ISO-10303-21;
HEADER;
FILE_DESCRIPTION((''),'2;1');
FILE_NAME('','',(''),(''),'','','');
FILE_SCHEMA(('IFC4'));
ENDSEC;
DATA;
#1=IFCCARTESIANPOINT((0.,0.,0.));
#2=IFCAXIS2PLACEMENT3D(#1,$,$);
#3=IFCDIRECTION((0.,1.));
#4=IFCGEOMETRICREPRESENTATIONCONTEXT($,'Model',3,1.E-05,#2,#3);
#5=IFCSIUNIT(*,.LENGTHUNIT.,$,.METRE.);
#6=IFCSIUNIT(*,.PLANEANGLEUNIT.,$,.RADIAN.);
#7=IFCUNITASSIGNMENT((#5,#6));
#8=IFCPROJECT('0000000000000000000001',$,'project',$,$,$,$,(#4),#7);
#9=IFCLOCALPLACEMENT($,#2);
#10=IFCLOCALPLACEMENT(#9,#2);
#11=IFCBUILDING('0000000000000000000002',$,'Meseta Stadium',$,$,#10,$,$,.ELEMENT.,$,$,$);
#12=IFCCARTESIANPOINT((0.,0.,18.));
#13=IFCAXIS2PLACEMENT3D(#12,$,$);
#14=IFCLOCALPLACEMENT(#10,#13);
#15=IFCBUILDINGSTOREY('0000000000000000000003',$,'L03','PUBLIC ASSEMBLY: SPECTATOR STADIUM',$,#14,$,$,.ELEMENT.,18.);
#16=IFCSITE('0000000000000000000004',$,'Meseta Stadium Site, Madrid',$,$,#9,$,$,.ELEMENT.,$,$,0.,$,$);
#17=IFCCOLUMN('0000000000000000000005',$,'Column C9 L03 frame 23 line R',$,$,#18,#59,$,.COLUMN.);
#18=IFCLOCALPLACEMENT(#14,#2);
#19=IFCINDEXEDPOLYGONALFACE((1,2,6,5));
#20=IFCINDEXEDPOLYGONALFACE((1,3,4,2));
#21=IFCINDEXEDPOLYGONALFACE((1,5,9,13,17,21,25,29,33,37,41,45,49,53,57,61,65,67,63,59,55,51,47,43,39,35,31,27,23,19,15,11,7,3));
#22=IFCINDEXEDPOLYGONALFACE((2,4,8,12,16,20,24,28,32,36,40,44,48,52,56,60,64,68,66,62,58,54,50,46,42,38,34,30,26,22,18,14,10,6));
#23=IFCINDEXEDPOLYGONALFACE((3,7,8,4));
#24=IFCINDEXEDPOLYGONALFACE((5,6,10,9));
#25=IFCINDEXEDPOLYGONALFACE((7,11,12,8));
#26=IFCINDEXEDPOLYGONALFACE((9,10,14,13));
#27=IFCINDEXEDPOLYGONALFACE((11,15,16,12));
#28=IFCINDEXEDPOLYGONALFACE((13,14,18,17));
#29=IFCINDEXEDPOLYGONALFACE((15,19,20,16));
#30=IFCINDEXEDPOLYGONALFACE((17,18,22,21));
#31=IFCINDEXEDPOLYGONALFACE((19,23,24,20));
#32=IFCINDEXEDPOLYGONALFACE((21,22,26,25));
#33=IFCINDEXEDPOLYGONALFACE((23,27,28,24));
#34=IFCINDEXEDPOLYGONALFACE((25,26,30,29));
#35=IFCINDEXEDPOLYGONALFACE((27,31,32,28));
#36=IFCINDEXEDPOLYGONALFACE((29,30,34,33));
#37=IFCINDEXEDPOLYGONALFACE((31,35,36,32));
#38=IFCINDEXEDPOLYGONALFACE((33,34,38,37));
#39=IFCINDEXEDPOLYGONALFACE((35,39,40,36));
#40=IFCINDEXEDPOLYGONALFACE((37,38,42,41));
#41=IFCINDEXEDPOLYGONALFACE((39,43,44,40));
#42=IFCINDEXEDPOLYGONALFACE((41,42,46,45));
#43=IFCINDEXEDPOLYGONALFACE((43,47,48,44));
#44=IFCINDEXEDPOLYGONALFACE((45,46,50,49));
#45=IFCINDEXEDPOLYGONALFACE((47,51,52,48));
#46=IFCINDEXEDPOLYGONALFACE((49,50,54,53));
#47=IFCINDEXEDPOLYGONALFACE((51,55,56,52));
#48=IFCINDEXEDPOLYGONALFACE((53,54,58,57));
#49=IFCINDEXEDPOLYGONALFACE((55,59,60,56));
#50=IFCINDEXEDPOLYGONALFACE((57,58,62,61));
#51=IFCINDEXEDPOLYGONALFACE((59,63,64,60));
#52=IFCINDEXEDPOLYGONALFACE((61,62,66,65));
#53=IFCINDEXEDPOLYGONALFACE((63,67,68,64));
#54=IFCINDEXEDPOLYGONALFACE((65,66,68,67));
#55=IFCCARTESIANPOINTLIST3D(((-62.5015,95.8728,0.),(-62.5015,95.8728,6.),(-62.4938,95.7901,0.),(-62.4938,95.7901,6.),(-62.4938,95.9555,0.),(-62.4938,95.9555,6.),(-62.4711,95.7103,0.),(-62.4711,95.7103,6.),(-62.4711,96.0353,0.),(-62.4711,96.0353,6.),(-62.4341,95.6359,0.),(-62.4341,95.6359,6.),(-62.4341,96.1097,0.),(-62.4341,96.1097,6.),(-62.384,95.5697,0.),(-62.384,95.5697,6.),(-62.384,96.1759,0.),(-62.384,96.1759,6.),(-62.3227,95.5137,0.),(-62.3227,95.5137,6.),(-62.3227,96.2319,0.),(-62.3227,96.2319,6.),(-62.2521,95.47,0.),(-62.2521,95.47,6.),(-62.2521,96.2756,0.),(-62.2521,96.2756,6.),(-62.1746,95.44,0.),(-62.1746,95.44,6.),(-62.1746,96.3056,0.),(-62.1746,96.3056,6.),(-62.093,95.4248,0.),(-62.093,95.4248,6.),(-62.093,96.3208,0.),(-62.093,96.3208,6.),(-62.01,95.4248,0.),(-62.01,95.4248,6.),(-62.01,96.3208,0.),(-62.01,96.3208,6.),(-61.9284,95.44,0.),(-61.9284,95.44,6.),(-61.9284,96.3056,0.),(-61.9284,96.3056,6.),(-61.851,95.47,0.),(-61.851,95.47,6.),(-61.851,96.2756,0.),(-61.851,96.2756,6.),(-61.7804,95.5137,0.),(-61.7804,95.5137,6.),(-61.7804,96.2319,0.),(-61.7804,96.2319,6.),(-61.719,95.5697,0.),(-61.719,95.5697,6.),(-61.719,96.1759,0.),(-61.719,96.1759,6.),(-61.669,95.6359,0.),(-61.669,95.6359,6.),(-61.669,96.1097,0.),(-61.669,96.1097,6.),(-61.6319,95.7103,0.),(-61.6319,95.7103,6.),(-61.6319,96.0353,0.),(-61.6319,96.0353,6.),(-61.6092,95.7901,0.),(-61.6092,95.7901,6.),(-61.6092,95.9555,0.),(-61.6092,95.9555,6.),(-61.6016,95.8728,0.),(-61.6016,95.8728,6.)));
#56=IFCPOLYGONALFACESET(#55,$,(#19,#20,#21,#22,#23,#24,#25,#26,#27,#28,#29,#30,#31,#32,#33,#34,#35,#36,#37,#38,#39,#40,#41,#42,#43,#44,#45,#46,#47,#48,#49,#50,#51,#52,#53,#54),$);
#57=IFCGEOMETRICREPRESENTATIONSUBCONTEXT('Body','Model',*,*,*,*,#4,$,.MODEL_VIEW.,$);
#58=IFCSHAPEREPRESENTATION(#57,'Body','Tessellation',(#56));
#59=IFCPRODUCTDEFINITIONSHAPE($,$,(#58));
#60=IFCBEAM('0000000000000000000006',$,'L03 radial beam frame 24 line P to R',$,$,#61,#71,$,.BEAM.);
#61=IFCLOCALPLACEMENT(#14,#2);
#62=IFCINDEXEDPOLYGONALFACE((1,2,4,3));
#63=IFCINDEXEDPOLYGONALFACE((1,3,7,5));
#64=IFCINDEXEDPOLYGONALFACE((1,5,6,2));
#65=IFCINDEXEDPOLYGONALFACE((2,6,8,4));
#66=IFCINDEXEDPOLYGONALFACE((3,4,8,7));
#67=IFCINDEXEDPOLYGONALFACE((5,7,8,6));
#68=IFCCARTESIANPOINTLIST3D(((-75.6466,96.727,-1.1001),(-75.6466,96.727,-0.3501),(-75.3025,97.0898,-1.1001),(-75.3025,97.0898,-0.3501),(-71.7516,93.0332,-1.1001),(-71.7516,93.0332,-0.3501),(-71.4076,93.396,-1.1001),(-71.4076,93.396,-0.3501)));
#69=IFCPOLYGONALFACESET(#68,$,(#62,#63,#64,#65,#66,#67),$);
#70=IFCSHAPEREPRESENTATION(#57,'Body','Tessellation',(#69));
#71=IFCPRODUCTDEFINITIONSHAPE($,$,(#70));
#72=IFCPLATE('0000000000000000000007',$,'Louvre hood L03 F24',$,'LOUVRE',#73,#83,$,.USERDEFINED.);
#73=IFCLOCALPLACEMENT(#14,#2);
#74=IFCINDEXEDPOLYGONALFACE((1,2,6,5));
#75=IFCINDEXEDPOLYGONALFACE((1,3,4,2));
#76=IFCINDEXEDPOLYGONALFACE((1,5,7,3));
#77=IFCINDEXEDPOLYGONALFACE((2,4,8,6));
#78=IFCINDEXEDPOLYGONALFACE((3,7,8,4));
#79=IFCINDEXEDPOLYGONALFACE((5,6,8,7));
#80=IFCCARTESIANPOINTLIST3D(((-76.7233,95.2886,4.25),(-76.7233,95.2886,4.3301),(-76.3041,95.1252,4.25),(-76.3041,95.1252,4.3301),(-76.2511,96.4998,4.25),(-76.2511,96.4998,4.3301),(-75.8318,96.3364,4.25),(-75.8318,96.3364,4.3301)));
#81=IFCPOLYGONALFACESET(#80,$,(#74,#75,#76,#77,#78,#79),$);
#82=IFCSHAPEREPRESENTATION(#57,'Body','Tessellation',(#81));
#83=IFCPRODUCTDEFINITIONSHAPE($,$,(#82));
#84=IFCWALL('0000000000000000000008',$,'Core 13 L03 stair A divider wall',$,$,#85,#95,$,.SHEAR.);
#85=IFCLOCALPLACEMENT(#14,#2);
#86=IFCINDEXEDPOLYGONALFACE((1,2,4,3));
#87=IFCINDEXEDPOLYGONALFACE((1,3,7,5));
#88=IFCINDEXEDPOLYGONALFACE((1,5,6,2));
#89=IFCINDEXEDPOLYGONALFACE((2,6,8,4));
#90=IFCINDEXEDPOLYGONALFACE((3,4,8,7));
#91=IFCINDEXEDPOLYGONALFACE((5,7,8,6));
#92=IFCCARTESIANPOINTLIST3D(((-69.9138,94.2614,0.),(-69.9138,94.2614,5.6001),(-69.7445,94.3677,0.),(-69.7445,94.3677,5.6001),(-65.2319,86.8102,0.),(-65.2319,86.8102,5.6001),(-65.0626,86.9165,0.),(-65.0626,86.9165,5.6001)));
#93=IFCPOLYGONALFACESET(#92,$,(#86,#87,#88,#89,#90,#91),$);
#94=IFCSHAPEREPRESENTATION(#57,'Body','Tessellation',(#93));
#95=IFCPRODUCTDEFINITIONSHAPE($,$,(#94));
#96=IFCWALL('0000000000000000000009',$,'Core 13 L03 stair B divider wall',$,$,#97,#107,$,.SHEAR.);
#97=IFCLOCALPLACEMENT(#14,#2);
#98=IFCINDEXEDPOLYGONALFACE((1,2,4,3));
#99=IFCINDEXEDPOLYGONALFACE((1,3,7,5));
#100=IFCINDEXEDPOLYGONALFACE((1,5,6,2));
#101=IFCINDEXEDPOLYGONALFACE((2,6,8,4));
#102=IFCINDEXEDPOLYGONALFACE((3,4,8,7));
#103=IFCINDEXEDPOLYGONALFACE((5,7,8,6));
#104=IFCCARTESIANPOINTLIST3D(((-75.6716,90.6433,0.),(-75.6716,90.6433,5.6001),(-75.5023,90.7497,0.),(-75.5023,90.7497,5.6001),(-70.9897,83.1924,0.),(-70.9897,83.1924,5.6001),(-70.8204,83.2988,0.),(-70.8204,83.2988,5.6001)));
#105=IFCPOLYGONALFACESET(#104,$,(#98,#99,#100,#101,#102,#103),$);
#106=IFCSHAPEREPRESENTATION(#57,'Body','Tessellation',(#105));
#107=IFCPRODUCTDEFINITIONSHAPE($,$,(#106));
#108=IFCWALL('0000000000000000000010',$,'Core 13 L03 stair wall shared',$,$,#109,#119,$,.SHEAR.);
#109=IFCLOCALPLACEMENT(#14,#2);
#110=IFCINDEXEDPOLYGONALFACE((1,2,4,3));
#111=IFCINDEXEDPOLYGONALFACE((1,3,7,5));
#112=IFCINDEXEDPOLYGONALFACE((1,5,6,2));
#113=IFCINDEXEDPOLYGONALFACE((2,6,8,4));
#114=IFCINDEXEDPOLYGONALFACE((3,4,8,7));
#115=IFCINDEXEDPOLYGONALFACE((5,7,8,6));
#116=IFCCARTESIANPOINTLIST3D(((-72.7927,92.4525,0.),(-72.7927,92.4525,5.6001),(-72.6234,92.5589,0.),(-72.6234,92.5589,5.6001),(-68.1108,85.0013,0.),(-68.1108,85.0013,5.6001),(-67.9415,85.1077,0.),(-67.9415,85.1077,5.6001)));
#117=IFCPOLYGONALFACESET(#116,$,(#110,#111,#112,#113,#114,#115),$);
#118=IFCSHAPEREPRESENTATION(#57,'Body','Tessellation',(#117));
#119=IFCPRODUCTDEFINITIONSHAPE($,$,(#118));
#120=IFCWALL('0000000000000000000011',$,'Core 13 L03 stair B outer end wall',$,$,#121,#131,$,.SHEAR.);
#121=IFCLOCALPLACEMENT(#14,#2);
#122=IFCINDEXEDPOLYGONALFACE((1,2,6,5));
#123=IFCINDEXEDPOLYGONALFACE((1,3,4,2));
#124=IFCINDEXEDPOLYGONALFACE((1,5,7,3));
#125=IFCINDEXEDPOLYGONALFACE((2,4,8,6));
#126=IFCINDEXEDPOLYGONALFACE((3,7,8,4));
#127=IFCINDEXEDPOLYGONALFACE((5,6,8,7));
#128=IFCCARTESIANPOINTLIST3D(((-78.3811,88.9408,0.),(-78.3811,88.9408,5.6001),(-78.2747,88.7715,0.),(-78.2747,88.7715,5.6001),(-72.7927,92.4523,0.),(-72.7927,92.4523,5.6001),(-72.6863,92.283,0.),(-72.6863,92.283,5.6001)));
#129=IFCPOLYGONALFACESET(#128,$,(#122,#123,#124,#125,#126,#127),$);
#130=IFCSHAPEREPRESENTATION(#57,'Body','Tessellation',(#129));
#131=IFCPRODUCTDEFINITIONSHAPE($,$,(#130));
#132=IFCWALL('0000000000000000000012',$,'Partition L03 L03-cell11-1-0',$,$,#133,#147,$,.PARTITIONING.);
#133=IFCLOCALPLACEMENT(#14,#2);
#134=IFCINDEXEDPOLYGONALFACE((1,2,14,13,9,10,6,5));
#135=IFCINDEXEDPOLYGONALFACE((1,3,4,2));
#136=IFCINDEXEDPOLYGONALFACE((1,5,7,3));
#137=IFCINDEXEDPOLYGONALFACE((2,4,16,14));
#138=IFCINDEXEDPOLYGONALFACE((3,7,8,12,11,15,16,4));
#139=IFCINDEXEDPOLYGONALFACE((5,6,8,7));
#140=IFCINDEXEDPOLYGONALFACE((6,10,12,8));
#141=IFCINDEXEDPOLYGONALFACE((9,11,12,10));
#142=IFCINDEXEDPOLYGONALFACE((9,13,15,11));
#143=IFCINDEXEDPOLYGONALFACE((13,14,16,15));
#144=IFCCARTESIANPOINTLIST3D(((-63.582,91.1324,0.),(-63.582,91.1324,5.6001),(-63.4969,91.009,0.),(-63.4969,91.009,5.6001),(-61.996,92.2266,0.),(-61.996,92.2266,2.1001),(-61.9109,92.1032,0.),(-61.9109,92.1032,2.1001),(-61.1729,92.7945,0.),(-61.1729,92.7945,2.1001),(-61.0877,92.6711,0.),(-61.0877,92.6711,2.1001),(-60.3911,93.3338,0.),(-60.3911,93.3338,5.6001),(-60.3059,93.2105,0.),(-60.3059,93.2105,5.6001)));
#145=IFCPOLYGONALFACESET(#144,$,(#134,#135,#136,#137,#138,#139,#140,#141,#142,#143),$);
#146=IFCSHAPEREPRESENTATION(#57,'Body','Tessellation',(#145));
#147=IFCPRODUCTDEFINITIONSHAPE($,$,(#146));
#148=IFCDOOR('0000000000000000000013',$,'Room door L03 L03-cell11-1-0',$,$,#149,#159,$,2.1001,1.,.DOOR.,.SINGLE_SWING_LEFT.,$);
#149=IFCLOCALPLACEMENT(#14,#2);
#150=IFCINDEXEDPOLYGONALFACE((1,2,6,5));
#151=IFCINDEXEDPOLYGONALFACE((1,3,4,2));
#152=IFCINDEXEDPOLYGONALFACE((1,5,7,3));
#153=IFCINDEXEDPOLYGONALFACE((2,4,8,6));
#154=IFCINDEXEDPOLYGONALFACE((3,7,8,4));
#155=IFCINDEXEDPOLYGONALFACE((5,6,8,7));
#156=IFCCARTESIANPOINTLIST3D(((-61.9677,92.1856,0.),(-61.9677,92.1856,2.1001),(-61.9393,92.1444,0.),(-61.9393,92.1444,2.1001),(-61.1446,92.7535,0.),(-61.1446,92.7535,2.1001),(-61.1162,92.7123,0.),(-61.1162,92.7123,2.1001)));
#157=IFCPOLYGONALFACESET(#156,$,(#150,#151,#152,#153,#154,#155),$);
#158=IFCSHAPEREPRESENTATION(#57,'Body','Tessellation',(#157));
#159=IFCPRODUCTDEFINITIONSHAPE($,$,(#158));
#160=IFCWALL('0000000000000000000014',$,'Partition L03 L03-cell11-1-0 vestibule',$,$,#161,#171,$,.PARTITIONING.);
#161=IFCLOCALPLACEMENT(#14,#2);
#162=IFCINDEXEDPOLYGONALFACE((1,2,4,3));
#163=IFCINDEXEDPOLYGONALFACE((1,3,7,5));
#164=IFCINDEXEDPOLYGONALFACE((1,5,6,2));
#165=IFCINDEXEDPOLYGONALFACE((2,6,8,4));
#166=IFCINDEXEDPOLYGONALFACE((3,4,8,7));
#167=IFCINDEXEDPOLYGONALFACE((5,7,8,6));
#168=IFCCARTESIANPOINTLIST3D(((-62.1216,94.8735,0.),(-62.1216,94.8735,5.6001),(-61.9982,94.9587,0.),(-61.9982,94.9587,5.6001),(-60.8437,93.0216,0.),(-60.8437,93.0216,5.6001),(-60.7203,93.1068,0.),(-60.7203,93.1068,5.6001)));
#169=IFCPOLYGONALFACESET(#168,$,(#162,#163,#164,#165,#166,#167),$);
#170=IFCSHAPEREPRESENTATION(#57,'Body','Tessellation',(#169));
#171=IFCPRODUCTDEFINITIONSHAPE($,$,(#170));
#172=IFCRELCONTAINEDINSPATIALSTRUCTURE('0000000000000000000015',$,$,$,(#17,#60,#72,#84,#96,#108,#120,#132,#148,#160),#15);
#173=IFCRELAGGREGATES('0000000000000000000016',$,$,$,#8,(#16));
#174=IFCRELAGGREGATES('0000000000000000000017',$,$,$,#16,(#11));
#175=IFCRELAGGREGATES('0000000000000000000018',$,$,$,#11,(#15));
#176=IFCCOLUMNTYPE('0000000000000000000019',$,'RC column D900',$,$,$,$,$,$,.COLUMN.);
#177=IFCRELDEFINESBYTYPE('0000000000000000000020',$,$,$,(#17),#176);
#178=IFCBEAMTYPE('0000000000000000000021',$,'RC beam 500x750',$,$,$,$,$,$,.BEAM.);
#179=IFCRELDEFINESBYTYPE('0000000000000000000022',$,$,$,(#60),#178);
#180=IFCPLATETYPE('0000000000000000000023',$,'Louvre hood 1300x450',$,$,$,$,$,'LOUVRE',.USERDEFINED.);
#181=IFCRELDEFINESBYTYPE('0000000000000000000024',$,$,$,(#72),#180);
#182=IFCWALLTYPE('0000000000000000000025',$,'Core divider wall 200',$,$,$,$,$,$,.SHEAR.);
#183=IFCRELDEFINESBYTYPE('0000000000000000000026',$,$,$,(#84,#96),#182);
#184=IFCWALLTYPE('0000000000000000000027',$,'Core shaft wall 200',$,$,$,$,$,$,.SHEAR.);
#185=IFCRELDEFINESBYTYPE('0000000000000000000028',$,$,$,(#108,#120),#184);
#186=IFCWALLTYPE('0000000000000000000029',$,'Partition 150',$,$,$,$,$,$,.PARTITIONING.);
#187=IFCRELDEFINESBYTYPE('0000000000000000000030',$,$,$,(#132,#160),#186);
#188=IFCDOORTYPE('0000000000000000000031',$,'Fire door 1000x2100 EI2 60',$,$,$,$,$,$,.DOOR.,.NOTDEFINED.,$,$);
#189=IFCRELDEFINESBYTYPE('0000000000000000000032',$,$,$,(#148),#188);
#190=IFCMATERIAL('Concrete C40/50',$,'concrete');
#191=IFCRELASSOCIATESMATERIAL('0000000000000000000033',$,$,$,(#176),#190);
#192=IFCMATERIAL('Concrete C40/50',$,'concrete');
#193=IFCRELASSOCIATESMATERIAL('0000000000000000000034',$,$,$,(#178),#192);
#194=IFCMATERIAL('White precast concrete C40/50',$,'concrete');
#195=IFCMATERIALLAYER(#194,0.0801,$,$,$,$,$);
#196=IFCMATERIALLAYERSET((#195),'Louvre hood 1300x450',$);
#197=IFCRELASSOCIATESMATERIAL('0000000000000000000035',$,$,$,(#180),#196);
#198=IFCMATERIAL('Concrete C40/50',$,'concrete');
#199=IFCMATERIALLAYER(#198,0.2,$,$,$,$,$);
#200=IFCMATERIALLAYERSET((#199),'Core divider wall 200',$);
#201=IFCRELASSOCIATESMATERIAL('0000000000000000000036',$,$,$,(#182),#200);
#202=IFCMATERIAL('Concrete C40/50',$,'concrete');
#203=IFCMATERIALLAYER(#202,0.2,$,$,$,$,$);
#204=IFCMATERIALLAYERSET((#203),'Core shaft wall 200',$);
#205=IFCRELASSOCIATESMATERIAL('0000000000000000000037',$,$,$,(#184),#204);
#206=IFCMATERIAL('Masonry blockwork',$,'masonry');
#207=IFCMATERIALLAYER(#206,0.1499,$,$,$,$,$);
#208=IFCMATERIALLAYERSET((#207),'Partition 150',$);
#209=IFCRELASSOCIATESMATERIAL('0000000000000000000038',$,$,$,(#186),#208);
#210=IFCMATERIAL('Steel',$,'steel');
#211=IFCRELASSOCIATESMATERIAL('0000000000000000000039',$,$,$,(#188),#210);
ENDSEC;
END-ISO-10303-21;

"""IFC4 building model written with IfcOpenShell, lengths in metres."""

from ifc_helpers import new_model, si_unit, direction, frame, frame_2d, origin, origin_2d, place, context, subcontext, project, spatial, rectangle, circle, extrude, material, layer, layer_set, material_profile, profile_set, type_object, element, fill, save


model = new_model("IFC4")

# Units and contexts
model_context = context("Model", 3, precision=1e-05, world=origin(), true_north=direction((0.0, 1.0)))
body_context = subcontext(model_context, "Body", "Model", "MODEL_VIEW")
ifc_project = project(units=[si_unit("LENGTHUNIT", "METRE"), si_unit("PLANEANGLEUNIT", "RADIAN")], contexts=[model_context])

# Site, building, storey
site_placement = place(None, origin())
site = spatial("IfcSite", under=ifc_project, at=site_placement, Name="Meseta Stadium Site, Madrid", CompositionType="ELEMENT", RefElevation=0.0)
building_placement = place(site_placement, origin())
building = spatial("IfcBuilding", under=site, at=building_placement, Name="Meseta Stadium", CompositionType="ELEMENT")
storey_placement = place(building_placement, frame((0.0, 0.0, 18.0)))
storey = spatial("IfcBuildingStorey", under=building, at=storey_placement, Name="L03", Description="PUBLIC ASSEMBLY: SPECTATOR STADIUM", CompositionType="ELEMENT", Elevation=18.0)

# Column
ifc_material_1 = material(Name="Concrete C40/50", Category="concrete")
ifc_material_profile_1 = material_profile(ifc_material_1, circle(Radius=0.45, at=origin_2d()), Name="RC D900")
ifc_profile_set_1 = profile_set([ifc_material_profile_1], Name="Concrete C40/50")
column_type = type_object("IfcColumnType", Name="RC column D900", PredefinedType="COLUMN", material=ifc_profile_set_1)
column_placement = place(storey_placement, frame((-62.0515, 95.8728, 0.0), z_axis=(0.0, 0.0, 1.0), x_axis=(1.0, 0.0, 0.0)))
element("IfcColumn", 1, at=column_placement, inside=storey, type_object=column_type, Name="Column C9 L03 frame 23 line R", PredefinedType="COLUMN", context=body_context, shape_type="SweptSolid", body=[
    extrude(circle(Radius=0.45, at=origin_2d()), origin(), (0.0, 0.0, 1.0), 6.0),
])

# Beam
ifc_material_2 = material(Name="Concrete C40/50", Category="concrete")
ifc_material_profile_2 = material_profile(ifc_material_2, rectangle(XDim=0.5, YDim=0.75, at=origin_2d()), Name="RC 500x750")
ifc_profile_set_2 = profile_set([ifc_material_profile_2], Name="Concrete C40/50")
beam_type = type_object("IfcBeamType", Name="RC beam 500x750", PredefinedType="BEAM", material=ifc_profile_set_2)
beam_placement = place(storey_placement, frame((-71.5796, 93.2146, -0.7251), z_axis=(-0.725596, 0.68812, 0.0), x_axis=(-0.68812, -0.725596, 0.0)))
element("IfcBeam", 2, at=beam_placement, inside=storey, type_object=beam_type, Name="L03 radial beam frame 24 line P to R", PredefinedType="BEAM", context=body_context, shape_type="SweptSolid", body=[
    extrude(rectangle(XDim=0.5, YDim=0.75, at=origin_2d()), origin(), (0.0, 0.0, 1.0), 5.3679),
])

# Plate
ifc_material_3 = material(Name="White precast concrete C40/50", Category="concrete")
ifc_layer_1 = layer(ifc_material_3, 0.0801)
ifc_layer_set_1 = layer_set([ifc_layer_1], Name="Louvre hood 1300x450")
plate_type = type_object("IfcPlateType", Name="Louvre hood 1300x450", ElementType="LOUVRE", PredefinedType="USERDEFINED", material=ifc_layer_set_1)
plate_placement = place(storey_placement, frame((-76.2776, 95.8125, 4.25), z_axis=(0.0, 0.0, 1.0), x_axis=(-0.36328, -0.93168, 0.0)))
element("IfcPlate", 3, at=plate_placement, inside=storey, type_object=plate_type, Name="Louvre hood L03 F24", ObjectType="LOUVRE", PredefinedType="USERDEFINED", context=body_context, shape_type="SweptSolid", body=[
    extrude(rectangle(XDim=1.3, YDim=0.45, at=origin_2d()), origin(), (0.0, 0.0, 1.0), 0.0801),
])

# Walls
ifc_material_4 = material(Name="Concrete C40/50", Category="concrete")
ifc_layer_2 = layer(ifc_material_4, 0.2)
ifc_layer_set_2 = layer_set([ifc_layer_2], Name="Core divider wall 200")
wall_type_1 = type_object("IfcWallType", Name="Core divider wall 200", PredefinedType="SHEAR", material=ifc_layer_set_2)
wall_1_placement = place(storey_placement, frame((-69.8291, 94.3145, 0.0), z_axis=(0.0, 0.0, 1.0), x_axis=(0.532032, -0.846724, 0.0)))
element("IfcWall", 4, at=wall_1_placement, inside=storey, type_object=wall_type_1, Name="Core 13 L03 stair A divider wall", PredefinedType="SHEAR", context=body_context, shape_type="SweptSolid", body=[
    extrude(rectangle(XDim=8.8, YDim=0.2, at=frame_2d((4.3999, 0.0))), origin(), (0.0, 0.0, 1.0), 5.6001),
])
wall_2_placement = place(storey_placement, frame((-75.5869, 90.6965, 0.0), z_axis=(0.0, 0.0, 1.0), x_axis=(0.532045, -0.846716, 0.0)))
element("IfcWall", 5, at=wall_2_placement, inside=storey, type_object=wall_type_1, Name="Core 13 L03 stair B divider wall", PredefinedType="SHEAR", context=body_context, shape_type="SweptSolid", body=[
    extrude(rectangle(XDim=8.7998, YDim=0.2, at=frame_2d((4.3999, 0.0))), origin(), (0.0, 0.0, 1.0), 5.6001),
])
ifc_material_5 = material(Name="Concrete C40/50", Category="concrete")
ifc_layer_3 = layer(ifc_material_5, 0.2)
ifc_layer_set_3 = layer_set([ifc_layer_3], Name="Core shaft wall 200")
wall_type_2 = type_object("IfcWallType", Name="Core shaft wall 200", PredefinedType="SHEAR", material=ifc_layer_set_3)
wall_3_placement = place(storey_placement, frame((-72.708, 92.5056, 0.0), z_axis=(0.0, 0.0, 1.0), x_axis=(0.532032, -0.846724, 0.0)))
element("IfcWall", 6, at=wall_3_placement, inside=storey, type_object=wall_type_2, Name="Core 13 L03 stair wall shared", PredefinedType="SHEAR", context=body_context, shape_type="SweptSolid", body=[
    extrude(rectangle(XDim=8.8, YDim=0.2, at=frame_2d((4.3999, 0.0))), origin(), (0.0, 0.0, 1.0), 5.6001),
])
wall_4_placement = place(storey_placement, frame((-72.7395, 92.3677, 0.0), z_axis=(0.0, 0.0, 1.0), x_axis=(-0.84672, -0.532039, 0.0)))
element("IfcWall", 7, at=wall_4_placement, inside=storey, type_object=wall_type_2, Name="Core 13 L03 stair B outer end wall", PredefinedType="SHEAR", context=body_context, shape_type="SweptSolid", body=[
    extrude(rectangle(XDim=6.6001, YDim=0.2, at=frame_2d((3.3, 0.0))), origin(), (0.0, 0.0, 1.0), 5.6001),
])

# Wall, opening, door
ifc_material_6 = material(Name="Masonry blockwork", Category="masonry")
ifc_layer_4 = layer(ifc_material_6, 0.1499)
ifc_layer_set_4 = layer_set([ifc_layer_4], Name="Partition 150")
wall_type_3 = type_object("IfcWallType", Name="Partition 150", PredefinedType="PARTITIONING", material=ifc_layer_set_4)
wall_5_placement = place(storey_placement, frame((-60.3484, 93.2722, 0.0), z_axis=(0.0, 0.0, 1.0), x_axis=(-0.823118, -0.56787, 0.0)))
wall_5 = element("IfcWall", 8, at=wall_5_placement, inside=storey, type_object=wall_type_3, Name="Partition L03 L03-cell11-1-0", PredefinedType="PARTITIONING", context=body_context, shape_type="SweptSolid", body=[
    extrude(rectangle(XDim=3.8767, YDim=0.1499, at=frame_2d((1.9385, 0.0))), origin(), (0.0, 0.0, 1.0), 5.6001),
])
opening_1_placement = place(wall_5_placement, frame((0.95, 0.0, 0.0)))
opening_1 = element("IfcOpeningElement", 9, at=opening_1_placement, cuts=wall_5, PredefinedType="OPENING", context=body_context, shape_type="SweptSolid", body=[
    extrude(rectangle(XDim=1.0, YDim=2.1001, at=frame_2d((0.5, 1.05))), frame((0.0, 0.085, 0.0), z_axis=(0.0, -1.0, 0.0), x_axis=(1.0, 0.0, 0.0)), (0.0, 0.0, 1.0), 0.1699),
])
ifc_material_7 = material(Name="Steel", Category="steel")
door_type = type_object("IfcDoorType", Name="Fire door 1000x2100 EI2 60", OperationType="NOTDEFINED", PredefinedType="DOOR", material=ifc_material_7)
door_1_placement = place(opening_1_placement, origin())
door_1 = element("IfcDoor", 10, at=door_1_placement, inside=storey, type_object=door_type, Name="Room door L03 L03-cell11-1-0", OperationType="SINGLE_SWING_LEFT", OverallHeight=2.1001, OverallWidth=1.0, PredefinedType="DOOR", context=body_context, shape_type="SweptSolid", body=[
    extrude(rectangle(XDim=1.0, YDim=2.1001, at=frame_2d((0.5, 1.05))), frame((0.0, 0.0249, 0.0), z_axis=(0.0, -1.0, 0.0), x_axis=(1.0, 0.0, 0.0)), (0.0, 0.0, 1.0), 0.05),
])
fill(opening_1, door_1)

# Wall
wall_6_placement = place(storey_placement, frame((-60.782, 93.0642, 0.0), z_axis=(0.0, 0.0, 1.0), x_axis=(-0.567951, 0.823062, 0.0)))
element("IfcWall", 11, at=wall_6_placement, inside=storey, type_object=wall_type_3, Name="Partition L03 L03-cell11-1-0 vestibule", PredefinedType="PARTITIONING", context=body_context, shape_type="SweptSolid", body=[
    extrude(rectangle(XDim=2.25, YDim=0.1499, at=frame_2d((1.125, 0.0))), origin(), (0.0, 0.0, 1.0), 5.6001),
])

save(model, "model.ifc")
